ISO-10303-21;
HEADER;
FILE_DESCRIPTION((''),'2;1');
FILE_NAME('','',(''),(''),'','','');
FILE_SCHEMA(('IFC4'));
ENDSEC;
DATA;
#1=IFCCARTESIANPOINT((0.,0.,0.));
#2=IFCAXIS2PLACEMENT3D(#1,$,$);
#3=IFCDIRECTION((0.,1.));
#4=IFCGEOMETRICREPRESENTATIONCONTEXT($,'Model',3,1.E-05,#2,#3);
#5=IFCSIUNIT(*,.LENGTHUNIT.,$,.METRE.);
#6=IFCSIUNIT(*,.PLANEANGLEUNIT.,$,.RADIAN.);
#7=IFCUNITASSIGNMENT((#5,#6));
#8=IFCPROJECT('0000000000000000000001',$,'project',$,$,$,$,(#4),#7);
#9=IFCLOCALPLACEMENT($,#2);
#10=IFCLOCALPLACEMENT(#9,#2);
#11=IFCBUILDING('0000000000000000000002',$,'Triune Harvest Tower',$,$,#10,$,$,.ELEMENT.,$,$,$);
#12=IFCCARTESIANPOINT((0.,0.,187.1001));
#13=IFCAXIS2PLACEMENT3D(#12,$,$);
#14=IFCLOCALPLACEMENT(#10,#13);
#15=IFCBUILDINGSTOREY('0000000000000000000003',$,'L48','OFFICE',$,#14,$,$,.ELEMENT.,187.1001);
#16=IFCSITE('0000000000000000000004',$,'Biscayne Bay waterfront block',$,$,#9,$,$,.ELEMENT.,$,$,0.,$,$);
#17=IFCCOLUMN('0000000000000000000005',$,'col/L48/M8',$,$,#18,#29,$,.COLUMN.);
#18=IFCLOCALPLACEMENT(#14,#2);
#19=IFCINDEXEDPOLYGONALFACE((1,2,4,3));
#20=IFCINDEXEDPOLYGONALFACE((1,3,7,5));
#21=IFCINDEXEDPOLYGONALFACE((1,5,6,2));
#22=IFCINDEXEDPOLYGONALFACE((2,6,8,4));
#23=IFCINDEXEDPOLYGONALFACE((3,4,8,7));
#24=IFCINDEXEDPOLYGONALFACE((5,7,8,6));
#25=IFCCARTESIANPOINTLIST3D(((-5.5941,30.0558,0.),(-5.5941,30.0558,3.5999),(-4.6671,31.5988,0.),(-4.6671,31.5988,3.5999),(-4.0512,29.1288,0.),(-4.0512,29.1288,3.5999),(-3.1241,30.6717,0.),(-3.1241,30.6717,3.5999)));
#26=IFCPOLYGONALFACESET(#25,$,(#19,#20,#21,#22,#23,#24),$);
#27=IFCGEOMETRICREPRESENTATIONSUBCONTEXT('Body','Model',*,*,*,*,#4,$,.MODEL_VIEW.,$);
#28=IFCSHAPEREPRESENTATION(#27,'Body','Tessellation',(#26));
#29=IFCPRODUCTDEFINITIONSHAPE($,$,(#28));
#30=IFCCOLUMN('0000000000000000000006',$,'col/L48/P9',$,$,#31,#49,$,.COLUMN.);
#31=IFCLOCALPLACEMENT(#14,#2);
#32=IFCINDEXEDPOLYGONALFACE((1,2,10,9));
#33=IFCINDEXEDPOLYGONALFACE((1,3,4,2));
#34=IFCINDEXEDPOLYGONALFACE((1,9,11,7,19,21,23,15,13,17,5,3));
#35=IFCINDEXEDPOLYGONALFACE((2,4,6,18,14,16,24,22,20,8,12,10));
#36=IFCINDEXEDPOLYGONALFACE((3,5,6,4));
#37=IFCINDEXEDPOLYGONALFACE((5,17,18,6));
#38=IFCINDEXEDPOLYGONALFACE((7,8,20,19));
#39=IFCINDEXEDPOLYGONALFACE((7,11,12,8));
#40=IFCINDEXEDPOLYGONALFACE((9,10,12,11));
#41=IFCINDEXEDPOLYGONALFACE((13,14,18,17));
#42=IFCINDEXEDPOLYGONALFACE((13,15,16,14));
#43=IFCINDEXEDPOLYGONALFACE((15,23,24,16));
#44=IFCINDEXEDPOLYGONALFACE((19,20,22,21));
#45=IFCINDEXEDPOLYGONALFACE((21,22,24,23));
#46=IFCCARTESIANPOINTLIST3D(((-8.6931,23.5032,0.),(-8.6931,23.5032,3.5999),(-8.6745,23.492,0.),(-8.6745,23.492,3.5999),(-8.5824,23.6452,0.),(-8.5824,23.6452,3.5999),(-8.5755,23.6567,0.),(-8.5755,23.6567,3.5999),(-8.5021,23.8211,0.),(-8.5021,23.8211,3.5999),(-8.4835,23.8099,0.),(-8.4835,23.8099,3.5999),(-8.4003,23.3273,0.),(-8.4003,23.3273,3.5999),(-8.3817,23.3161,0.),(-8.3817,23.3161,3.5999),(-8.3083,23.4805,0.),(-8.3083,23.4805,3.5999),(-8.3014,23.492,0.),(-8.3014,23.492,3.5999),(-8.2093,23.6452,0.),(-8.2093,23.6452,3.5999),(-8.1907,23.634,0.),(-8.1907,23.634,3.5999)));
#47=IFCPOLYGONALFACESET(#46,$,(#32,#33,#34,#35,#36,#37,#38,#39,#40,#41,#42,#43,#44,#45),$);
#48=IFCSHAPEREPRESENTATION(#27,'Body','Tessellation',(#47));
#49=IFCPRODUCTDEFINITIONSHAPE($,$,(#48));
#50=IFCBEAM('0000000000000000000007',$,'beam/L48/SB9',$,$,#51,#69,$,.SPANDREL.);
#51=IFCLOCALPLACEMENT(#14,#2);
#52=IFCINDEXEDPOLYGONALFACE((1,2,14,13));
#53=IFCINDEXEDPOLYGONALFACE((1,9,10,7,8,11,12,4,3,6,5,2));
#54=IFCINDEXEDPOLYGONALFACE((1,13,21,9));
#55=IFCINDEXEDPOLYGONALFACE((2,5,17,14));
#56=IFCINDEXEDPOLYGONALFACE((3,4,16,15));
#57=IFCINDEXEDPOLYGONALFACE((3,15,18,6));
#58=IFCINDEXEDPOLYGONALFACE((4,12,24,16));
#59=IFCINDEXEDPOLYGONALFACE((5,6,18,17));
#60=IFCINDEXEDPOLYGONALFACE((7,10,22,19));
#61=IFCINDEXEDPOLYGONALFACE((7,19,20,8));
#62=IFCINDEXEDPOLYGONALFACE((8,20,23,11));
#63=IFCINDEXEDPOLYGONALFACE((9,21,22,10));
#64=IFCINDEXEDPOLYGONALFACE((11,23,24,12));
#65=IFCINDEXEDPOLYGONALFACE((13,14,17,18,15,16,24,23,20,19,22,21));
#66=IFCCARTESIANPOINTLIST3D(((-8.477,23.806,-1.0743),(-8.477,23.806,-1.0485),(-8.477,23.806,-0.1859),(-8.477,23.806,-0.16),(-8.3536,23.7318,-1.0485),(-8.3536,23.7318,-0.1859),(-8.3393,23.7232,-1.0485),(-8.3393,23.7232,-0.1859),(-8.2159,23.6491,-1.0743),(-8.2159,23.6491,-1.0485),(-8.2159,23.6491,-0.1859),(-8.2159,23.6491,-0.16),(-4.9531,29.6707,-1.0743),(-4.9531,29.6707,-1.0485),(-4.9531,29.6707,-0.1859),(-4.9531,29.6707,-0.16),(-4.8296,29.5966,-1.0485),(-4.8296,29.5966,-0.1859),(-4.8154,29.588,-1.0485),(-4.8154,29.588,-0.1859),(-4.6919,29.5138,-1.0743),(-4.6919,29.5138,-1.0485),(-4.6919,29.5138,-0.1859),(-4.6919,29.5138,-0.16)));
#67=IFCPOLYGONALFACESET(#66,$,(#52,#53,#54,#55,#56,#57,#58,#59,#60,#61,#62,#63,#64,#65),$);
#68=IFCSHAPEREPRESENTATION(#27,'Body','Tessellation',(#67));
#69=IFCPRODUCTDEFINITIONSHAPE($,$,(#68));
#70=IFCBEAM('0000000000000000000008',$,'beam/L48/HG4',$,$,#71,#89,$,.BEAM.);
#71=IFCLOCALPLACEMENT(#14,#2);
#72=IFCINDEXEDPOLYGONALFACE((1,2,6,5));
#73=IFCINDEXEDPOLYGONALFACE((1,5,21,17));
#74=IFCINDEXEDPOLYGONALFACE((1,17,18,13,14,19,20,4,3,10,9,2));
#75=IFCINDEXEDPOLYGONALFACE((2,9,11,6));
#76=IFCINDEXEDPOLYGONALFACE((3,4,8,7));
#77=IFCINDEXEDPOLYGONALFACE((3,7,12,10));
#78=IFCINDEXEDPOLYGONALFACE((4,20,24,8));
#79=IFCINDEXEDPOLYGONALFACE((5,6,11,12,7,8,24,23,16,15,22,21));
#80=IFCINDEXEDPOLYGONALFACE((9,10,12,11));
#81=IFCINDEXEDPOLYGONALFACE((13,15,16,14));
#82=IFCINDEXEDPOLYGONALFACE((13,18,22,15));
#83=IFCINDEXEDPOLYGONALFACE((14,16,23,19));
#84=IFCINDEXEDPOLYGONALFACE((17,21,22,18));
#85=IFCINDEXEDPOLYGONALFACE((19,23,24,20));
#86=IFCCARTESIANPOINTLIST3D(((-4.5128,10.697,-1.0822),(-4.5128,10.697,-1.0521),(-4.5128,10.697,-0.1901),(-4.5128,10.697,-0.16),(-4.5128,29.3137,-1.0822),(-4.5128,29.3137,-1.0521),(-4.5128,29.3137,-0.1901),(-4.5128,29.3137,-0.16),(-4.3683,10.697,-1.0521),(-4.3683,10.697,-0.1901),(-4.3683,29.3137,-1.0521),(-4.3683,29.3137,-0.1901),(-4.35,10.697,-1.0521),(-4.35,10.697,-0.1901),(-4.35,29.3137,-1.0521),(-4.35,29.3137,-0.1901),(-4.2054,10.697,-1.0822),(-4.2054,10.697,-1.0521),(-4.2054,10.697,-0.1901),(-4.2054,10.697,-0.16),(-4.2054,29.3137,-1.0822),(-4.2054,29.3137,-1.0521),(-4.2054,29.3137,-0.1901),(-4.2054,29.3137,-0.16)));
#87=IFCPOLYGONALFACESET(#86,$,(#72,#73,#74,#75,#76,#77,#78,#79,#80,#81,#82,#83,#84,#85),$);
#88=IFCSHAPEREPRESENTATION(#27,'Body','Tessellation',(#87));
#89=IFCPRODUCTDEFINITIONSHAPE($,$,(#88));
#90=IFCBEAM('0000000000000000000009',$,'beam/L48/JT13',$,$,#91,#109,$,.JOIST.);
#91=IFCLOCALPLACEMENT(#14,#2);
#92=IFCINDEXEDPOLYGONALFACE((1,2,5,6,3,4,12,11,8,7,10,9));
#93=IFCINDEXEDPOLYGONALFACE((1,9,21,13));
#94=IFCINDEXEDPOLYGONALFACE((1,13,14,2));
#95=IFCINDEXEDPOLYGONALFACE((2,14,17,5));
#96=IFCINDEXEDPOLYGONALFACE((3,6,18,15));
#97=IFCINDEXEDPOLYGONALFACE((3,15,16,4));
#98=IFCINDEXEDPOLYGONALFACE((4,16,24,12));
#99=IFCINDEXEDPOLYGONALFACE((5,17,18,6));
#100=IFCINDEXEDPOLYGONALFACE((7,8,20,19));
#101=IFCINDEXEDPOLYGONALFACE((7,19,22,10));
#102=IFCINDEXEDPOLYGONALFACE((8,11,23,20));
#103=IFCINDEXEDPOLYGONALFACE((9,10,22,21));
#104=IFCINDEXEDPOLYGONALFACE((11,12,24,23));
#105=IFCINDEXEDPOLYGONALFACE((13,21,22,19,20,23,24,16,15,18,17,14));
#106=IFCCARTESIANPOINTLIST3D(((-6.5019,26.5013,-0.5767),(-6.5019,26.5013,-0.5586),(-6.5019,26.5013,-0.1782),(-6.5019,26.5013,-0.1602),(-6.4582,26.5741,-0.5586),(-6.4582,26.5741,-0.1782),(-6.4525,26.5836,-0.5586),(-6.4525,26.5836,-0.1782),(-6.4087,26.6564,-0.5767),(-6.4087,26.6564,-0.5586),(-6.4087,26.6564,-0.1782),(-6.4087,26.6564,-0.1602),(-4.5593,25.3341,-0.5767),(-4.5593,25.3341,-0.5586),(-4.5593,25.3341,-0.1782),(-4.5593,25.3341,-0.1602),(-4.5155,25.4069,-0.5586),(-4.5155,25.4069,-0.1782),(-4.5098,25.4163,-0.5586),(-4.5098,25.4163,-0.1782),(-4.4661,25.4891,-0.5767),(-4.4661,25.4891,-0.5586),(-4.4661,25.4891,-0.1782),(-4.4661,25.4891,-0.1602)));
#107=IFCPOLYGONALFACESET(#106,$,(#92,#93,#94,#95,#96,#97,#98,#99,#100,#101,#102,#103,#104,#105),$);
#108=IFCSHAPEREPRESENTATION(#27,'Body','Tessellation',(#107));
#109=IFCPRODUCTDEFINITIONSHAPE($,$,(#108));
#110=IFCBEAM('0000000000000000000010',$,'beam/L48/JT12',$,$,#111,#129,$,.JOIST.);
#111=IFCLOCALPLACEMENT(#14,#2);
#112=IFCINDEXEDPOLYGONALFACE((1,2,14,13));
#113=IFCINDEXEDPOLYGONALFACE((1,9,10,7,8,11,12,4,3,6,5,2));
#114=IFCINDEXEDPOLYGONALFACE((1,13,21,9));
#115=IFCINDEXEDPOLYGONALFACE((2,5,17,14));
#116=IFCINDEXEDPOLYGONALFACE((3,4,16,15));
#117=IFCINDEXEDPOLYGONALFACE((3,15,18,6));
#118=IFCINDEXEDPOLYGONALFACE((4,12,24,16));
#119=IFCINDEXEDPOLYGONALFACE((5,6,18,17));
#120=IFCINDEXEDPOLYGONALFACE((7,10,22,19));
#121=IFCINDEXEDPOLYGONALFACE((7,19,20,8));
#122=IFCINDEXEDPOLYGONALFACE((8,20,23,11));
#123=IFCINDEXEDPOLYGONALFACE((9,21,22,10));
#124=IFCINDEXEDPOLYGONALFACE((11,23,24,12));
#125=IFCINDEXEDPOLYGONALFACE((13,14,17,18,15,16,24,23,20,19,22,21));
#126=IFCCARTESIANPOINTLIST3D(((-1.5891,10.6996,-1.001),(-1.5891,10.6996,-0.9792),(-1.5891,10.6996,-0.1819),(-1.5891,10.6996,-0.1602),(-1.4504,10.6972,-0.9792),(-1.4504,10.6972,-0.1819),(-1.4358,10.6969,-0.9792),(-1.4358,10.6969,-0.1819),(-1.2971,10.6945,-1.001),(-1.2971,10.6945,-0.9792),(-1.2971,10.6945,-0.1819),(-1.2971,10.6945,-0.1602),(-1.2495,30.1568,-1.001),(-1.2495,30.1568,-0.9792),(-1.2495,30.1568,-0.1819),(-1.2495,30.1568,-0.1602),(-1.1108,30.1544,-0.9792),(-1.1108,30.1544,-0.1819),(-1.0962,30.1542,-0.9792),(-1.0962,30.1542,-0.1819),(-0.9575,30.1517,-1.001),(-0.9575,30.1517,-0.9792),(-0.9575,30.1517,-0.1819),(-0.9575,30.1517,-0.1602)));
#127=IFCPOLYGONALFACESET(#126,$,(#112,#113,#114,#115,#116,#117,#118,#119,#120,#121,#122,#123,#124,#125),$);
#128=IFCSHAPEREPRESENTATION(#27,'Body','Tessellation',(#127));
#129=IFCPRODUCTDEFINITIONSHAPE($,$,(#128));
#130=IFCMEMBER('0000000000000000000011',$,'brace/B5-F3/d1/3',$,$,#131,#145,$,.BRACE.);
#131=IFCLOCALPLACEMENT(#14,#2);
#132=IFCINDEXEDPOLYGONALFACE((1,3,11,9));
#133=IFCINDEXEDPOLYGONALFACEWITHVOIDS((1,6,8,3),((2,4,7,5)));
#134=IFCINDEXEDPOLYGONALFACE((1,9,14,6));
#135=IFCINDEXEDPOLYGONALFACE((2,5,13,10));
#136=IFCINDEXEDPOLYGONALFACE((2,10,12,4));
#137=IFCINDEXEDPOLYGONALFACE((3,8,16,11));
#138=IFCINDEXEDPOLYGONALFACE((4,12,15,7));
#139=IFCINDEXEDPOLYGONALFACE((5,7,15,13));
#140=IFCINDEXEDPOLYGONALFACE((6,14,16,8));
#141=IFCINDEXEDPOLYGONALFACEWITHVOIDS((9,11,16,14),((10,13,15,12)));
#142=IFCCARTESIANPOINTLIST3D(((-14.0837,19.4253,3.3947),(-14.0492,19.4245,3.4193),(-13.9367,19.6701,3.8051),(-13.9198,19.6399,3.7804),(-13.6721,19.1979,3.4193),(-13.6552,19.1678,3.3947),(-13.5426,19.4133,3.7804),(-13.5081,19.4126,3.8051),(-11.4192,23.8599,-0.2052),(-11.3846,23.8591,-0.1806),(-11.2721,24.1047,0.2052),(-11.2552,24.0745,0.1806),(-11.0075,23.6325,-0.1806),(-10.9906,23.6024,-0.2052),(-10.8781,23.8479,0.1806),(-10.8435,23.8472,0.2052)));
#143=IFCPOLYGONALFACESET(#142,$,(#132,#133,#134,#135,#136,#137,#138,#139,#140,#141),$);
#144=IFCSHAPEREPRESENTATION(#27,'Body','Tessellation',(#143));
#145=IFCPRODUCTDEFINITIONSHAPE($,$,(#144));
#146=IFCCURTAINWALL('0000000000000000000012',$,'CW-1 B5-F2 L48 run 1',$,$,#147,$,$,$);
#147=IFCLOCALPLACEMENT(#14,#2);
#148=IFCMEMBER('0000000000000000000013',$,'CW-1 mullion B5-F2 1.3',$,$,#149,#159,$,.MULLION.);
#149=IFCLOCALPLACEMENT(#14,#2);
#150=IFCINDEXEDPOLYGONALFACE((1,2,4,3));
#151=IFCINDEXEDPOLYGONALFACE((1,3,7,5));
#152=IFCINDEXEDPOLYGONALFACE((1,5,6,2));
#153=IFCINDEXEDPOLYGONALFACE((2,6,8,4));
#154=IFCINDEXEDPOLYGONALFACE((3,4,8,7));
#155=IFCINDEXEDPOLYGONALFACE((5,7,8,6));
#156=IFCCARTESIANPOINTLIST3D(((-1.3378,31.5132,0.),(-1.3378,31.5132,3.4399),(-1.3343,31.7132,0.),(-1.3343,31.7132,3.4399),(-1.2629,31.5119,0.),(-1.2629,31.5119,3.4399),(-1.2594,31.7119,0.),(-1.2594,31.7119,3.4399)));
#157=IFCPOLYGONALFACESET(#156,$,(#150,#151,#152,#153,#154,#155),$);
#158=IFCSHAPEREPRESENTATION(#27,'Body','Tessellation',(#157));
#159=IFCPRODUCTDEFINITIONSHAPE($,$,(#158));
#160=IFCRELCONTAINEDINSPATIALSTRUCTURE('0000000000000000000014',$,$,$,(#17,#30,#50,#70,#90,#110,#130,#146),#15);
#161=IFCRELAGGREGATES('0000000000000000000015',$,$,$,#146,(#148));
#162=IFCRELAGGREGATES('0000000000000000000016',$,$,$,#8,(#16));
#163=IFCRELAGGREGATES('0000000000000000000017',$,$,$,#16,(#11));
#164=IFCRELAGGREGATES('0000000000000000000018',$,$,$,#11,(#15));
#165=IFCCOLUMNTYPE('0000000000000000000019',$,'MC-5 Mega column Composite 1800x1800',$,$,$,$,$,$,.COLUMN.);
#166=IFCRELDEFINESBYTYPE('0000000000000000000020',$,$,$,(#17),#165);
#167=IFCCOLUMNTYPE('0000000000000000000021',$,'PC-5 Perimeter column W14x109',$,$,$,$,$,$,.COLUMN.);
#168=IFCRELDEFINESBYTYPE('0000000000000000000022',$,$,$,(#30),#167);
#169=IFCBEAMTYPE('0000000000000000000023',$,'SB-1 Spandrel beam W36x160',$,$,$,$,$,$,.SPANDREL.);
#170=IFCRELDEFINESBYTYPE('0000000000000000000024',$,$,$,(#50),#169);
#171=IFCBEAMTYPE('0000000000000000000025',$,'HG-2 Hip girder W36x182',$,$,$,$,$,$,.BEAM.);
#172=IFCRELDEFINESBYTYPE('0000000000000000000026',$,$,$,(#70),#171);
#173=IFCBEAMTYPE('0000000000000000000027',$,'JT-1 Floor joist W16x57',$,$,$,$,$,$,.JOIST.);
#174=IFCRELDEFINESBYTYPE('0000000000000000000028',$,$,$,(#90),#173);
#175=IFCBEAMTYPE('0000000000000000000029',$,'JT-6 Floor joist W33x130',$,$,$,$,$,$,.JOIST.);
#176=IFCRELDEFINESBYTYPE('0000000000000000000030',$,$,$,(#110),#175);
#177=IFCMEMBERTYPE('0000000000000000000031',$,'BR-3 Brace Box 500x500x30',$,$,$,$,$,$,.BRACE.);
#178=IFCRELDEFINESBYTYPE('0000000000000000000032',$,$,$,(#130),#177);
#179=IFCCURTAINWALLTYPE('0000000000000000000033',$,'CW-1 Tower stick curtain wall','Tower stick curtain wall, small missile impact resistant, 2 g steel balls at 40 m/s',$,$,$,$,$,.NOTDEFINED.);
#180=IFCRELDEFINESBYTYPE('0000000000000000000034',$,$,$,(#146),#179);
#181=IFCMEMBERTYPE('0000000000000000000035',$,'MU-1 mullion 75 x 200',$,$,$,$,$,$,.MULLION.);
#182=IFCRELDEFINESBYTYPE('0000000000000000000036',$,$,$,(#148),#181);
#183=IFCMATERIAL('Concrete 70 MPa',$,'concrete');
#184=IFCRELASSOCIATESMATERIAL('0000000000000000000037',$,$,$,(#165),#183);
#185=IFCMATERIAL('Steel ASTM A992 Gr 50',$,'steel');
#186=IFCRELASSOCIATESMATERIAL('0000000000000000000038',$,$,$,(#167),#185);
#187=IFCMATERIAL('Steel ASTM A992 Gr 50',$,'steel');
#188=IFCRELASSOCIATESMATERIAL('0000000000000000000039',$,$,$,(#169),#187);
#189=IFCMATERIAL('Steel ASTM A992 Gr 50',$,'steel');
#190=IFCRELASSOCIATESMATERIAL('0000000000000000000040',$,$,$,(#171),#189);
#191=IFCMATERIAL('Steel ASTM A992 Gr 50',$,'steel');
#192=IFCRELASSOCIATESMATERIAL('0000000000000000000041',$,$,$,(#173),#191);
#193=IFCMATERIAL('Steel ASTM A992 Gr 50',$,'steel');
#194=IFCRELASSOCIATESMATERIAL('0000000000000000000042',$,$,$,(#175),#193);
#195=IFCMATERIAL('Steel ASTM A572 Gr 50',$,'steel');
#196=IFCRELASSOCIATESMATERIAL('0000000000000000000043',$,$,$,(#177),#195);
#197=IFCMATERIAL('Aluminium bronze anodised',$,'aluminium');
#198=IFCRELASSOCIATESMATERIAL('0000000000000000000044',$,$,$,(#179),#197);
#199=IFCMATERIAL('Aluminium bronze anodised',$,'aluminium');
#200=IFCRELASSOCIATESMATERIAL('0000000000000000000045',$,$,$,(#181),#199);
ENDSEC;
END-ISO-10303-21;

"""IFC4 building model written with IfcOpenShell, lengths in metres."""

from ifc_helpers import new_model, si_unit, direction, frame, origin, origin_2d, place, context, subcontext, project, spatial, rectangle, hollow_rectangle, i_section, extrude, source, transform, mapped, material, material_profile, profile_set, type_object, element, aggregate, save


model = new_model("IFC4")

# Units and contexts
model_context = context("Model", 3, precision=1e-05, world=origin(), true_north=direction((0.0, 1.0)))
body_context = subcontext(model_context, "Body", "Model", "MODEL_VIEW")
ifc_project = project(units=[si_unit("LENGTHUNIT", "METRE"), si_unit("PLANEANGLEUNIT", "RADIAN")], contexts=[model_context])

# Site, building, storey
site_placement = place(None, origin())
site = spatial("IfcSite", under=ifc_project, at=site_placement, Name="Biscayne Bay waterfront block", CompositionType="ELEMENT", RefElevation=0.0)
building_placement = place(site_placement, origin())
building = spatial("IfcBuilding", under=site, at=building_placement, Name="Triune Harvest Tower", CompositionType="ELEMENT")
storey_placement = place(building_placement, frame((0.0, 0.0, 187.1001)))
storey = spatial("IfcBuildingStorey", under=building, at=storey_placement, Name="L48", Description="OFFICE", CompositionType="ELEMENT", Elevation=187.1001)

# Columns
ifc_material_1 = material(Name="Concrete 70 MPa", Category="concrete")
ifc_material_profile_1 = material_profile(ifc_material_1, rectangle(XDim=1.8, YDim=1.8, at=origin_2d()), Name="Composite 1800x1800")
ifc_profile_set_1 = profile_set([ifc_material_profile_1], Name="Concrete 70 MPa")
column_type_1 = type_object("IfcColumnType", Name="MC-5 Mega column Composite 1800x1800", PredefinedType="COLUMN", material=ifc_profile_set_1)
shared_shape_1 = source(origin(), body_context, "Body", "SweptSolid", [
    extrude(rectangle(XDim=1.8, YDim=1.8, at=origin_2d()), origin(), (0.0, 0.0, 1.0), 3.5999),
])
column_1_placement = place(storey_placement, frame((-4.3591, 30.3638, 0.0), z_axis=(0.0, 0.0, 1.0), x_axis=(-0.515037, -0.857168, 0.0)))
element("IfcColumn", 1, at=column_1_placement, inside=storey, type_object=column_type_1, Name="col/L48/M8", PredefinedType="COLUMN", context=body_context, shape_type="MappedRepresentation", body=[
    mapped(shared_shape_1, transform((0.0, 0.0, 0.0), scale=1.0)),
])
ifc_material_2 = material(Name="Steel ASTM A992 Gr 50", Category="steel")
ifc_material_profile_2 = material_profile(ifc_material_2, i_section(OverallWidth=0.3708, OverallDepth=0.3633, WebThickness=0.0134, FlangeThickness=0.0217, at=origin_2d()), Name="W14x109")
ifc_profile_set_2 = profile_set([ifc_material_profile_2], Name="Steel ASTM A992 Gr 50")
column_type_2 = type_object("IfcColumnType", Name="PC-5 Perimeter column W14x109", PredefinedType="COLUMN", material=ifc_profile_set_2)
shared_shape_2 = source(origin(), body_context, "Body", "SweptSolid", [
    extrude(i_section(OverallWidth=0.3708, OverallDepth=0.3633, WebThickness=0.0134, FlangeThickness=0.0217, at=origin_2d()), origin(), (0.0, 0.0, 1.0), 3.5999),
])
column_2_placement = place(storey_placement, frame((-8.4419, 23.5686, 0.0), z_axis=(0.0, 0.0, 1.0), x_axis=(-0.515037, -0.857168, 0.0)))
element("IfcColumn", 2, at=column_2_placement, inside=storey, type_object=column_type_2, Name="col/L48/P9", PredefinedType="COLUMN", context=body_context, shape_type="MappedRepresentation", body=[
    mapped(shared_shape_2, transform((0.0, 0.0, 0.0), scale=1.0)),
])

# Beams
ifc_material_3 = material(Name="Steel ASTM A992 Gr 50", Category="steel")
ifc_material_profile_3 = material_profile(ifc_material_3, i_section(OverallWidth=0.3047, OverallDepth=0.9143, WebThickness=0.0166, FlangeThickness=0.0259, at=origin_2d()), Name="W36x160")
ifc_profile_set_3 = profile_set([ifc_material_profile_3], Name="Steel ASTM A992 Gr 50")
beam_type_1 = type_object("IfcBeamType", Name="SB-1 Spandrel beam W36x160", PredefinedType="SPANDREL", material=ifc_profile_set_3)
shared_shape_3 = source(origin(), body_context, "Body", "SweptSolid", [
    extrude(i_section(OverallWidth=0.3047, OverallDepth=0.9143, WebThickness=0.0166, FlangeThickness=0.0259, at=origin_2d()), origin(), (0.0, 0.0, 1.0), 6.842),
])
beam_1_placement = place(storey_placement, frame((-4.8225, 29.5923, -0.6172), z_axis=(-0.515041, -0.857165, 0.0), x_axis=(0.857165, -0.515041, 0.0)))
element("IfcBeam", 3, at=beam_1_placement, inside=storey, type_object=beam_type_1, Name="beam/L48/SB9", PredefinedType="SPANDREL", context=body_context, shape_type="MappedRepresentation", body=[
    mapped(shared_shape_3, transform((0.0, 0.0, 0.0), scale=1.0)),
])
ifc_material_4 = material(Name="Steel ASTM A992 Gr 50", Category="steel")
ifc_material_profile_4 = material_profile(ifc_material_4, i_section(OverallWidth=0.3074, OverallDepth=0.9221, WebThickness=0.0183, FlangeThickness=0.03, at=origin_2d()), Name="W36x182")
ifc_profile_set_4 = profile_set([ifc_material_profile_4], Name="Steel ASTM A992 Gr 50")
beam_type_2 = type_object("IfcBeamType", Name="HG-2 Hip girder W36x182", PredefinedType="BEAM", material=ifc_profile_set_4)
shared_shape_4 = source(origin(), body_context, "Body", "SweptSolid", [
    extrude(i_section(OverallWidth=0.3074, OverallDepth=0.9221, WebThickness=0.0183, FlangeThickness=0.03, at=origin_2d()), origin(), (0.0, 0.0, 1.0), 18.6167),
])
beam_2_placement = place(storey_placement, frame((-4.3591, 29.3137, -0.6211), z_axis=(0.0, -1.0, 0.0), x_axis=(1.0, 0.0, 0.0)))
element("IfcBeam", 4, at=beam_2_placement, inside=storey, type_object=beam_type_2, Name="beam/L48/HG4", PredefinedType="BEAM", context=body_context, shape_type="MappedRepresentation", body=[
    mapped(shared_shape_4, transform((0.0, 0.0, 0.0), scale=1.0)),
])
ifc_material_5 = material(Name="Steel ASTM A992 Gr 50", Category="steel")
ifc_material_profile_5 = material_profile(ifc_material_5, i_section(OverallWidth=0.1809, OverallDepth=0.4165, WebThickness=0.011, FlangeThickness=0.0181, at=origin_2d()), Name="W16x57")
ifc_profile_set_5 = profile_set([ifc_material_profile_5], Name="Steel ASTM A992 Gr 50")
beam_type_3 = type_object("IfcBeamType", Name="JT-1 Floor joist W16x57", PredefinedType="JOIST", material=ifc_profile_set_5)
shared_shape_5 = source(origin(), body_context, "Body", "SweptSolid", [
    extrude(i_section(OverallWidth=0.1809, OverallDepth=0.4165, WebThickness=0.011, FlangeThickness=0.0181, at=origin_2d()), origin(), (0.0, 0.0, 1.0), 2.2664),
])
beam_3_placement = place(storey_placement, frame((-6.4553, 26.5789, -0.3684), z_axis=(0.85717, -0.515034, 0.0), x_axis=(0.515034, 0.85717, 0.0)))
element("IfcBeam", 5, at=beam_3_placement, inside=storey, type_object=beam_type_3, Name="beam/L48/JT13", PredefinedType="JOIST", context=body_context, shape_type="MappedRepresentation", body=[
    mapped(shared_shape_5, transform((0.0, 0.0, 0.0), scale=1.0)),
])
ifc_material_6 = material(Name="Steel ASTM A992 Gr 50", Category="steel")
ifc_material_profile_6 = material_profile(ifc_material_6, i_section(OverallWidth=0.292, OverallDepth=0.8408, WebThickness=0.0146, FlangeThickness=0.0217, at=origin_2d()), Name="W33x130")
ifc_profile_set_6 = profile_set([ifc_material_profile_6], Name="Steel ASTM A992 Gr 50")
beam_type_4 = type_object("IfcBeamType", Name="JT-6 Floor joist W33x130", PredefinedType="JOIST", material=ifc_profile_set_6)
shared_shape_6 = source(origin(), body_context, "Body", "SweptSolid", [
    extrude(i_section(OverallWidth=0.292, OverallDepth=0.8408, WebThickness=0.0146, FlangeThickness=0.0217, at=origin_2d()), origin(), (0.0, 0.0, 1.0), 19.4602),
])
beam_4_placement = place(storey_placement, frame((-1.1035, 30.1543, -0.5806), z_axis=(-0.017451, -0.999848, 0.0), x_axis=(0.999848, -0.017451, 0.0)))
element("IfcBeam", 6, at=beam_4_placement, inside=storey, type_object=beam_type_4, Name="beam/L48/JT12", PredefinedType="JOIST", context=body_context, shape_type="MappedRepresentation", body=[
    mapped(shared_shape_6, transform((0.0, 0.0, 0.0), scale=1.0)),
])

# Member
ifc_material_7 = material(Name="Steel ASTM A572 Gr 50", Category="steel")
ifc_material_profile_7 = material_profile(ifc_material_7, hollow_rectangle(XDim=0.5, YDim=0.5, WallThickness=0.03, at=origin_2d()), Name="Box 500x500x30")
ifc_profile_set_7 = profile_set([ifc_material_profile_7], Name="Steel ASTM A572 Gr 50")
member_type_1 = type_object("IfcMemberType", Name="BR-3 Brace Box 500x500x30", PredefinedType="BRACE", material=ifc_profile_set_7)
shared_shape_7 = source(origin(), body_context, "Body", "SweptSolid", [
    extrude(hollow_rectangle(XDim=0.5, YDim=0.5, WallThickness=0.03, at=origin_2d()), origin(), (0.0, 0.0, 1.0), 6.3027),
])
member_1_placement = place(storey_placement, frame((-11.1313, 23.8535, 0.0), z_axis=(-0.422763, -0.703597, 0.571159), x_axis=(0.857168, -0.515037, 0.0)))
element("IfcMember", 7, at=member_1_placement, inside=storey, type_object=member_type_1, Name="brace/B5-F3/d1/3", PredefinedType="BRACE", context=body_context, shape_type="MappedRepresentation", body=[
    mapped(shared_shape_7, transform((0.0, 0.0, 0.0), scale=1.0)),
])

# Curtain wall, member
ifc_material_8 = material(Name="Aluminium bronze anodised", Category="aluminium")
curtain_wall_type_1 = type_object("IfcCurtainWallType", Name="CW-1 Tower stick curtain wall", Description="Tower stick curtain wall, small missile impact resistant, 2 g steel balls at 40 m/s", PredefinedType="NOTDEFINED", material=ifc_material_8)
curtain_wall_1_placement = place(storey_placement, origin())
curtain_wall_1 = element("IfcCurtainWall", 8, at=curtain_wall_1_placement, inside=storey, type_object=curtain_wall_type_1, Name="CW-1 B5-F2 L48 run 1")
ifc_material_9 = material(Name="Aluminium bronze anodised", Category="aluminium")
ifc_material_profile_8 = material_profile(ifc_material_9, rectangle(XDim=0.2, YDim=0.075, at=origin_2d()), Name="MU-1 mullion 75 x 200")
ifc_profile_set_8 = profile_set([ifc_material_profile_8], Name="Aluminium bronze anodised")
member_type_2 = type_object("IfcMemberType", Name="MU-1 mullion 75 x 200", PredefinedType="MULLION", material=ifc_profile_set_8)
shared_shape_8 = source(origin(), body_context, "Body", "SweptSolid", [
    extrude(rectangle(XDim=0.2, YDim=0.075, at=origin_2d()), origin(), (0.0, 0.0, 1.0), 3.4399),
])
member_2_placement = place(storey_placement, frame((-1.2986, 31.6125, 0.0), z_axis=(0.0, 0.0, 1.0), x_axis=(-0.017446, -0.999848, 0.0)))
member_2 = element("IfcMember", 9, at=member_2_placement, type_object=member_type_2, Name="CW-1 mullion B5-F2 1.3", PredefinedType="MULLION", context=body_context, shape_type="MappedRepresentation", body=[
    mapped(shared_shape_8, transform((0.0, 0.0, 0.0), scale=1.0)),
])

aggregate(curtain_wall_1, [member_2])

save(model, "model.ifc")
